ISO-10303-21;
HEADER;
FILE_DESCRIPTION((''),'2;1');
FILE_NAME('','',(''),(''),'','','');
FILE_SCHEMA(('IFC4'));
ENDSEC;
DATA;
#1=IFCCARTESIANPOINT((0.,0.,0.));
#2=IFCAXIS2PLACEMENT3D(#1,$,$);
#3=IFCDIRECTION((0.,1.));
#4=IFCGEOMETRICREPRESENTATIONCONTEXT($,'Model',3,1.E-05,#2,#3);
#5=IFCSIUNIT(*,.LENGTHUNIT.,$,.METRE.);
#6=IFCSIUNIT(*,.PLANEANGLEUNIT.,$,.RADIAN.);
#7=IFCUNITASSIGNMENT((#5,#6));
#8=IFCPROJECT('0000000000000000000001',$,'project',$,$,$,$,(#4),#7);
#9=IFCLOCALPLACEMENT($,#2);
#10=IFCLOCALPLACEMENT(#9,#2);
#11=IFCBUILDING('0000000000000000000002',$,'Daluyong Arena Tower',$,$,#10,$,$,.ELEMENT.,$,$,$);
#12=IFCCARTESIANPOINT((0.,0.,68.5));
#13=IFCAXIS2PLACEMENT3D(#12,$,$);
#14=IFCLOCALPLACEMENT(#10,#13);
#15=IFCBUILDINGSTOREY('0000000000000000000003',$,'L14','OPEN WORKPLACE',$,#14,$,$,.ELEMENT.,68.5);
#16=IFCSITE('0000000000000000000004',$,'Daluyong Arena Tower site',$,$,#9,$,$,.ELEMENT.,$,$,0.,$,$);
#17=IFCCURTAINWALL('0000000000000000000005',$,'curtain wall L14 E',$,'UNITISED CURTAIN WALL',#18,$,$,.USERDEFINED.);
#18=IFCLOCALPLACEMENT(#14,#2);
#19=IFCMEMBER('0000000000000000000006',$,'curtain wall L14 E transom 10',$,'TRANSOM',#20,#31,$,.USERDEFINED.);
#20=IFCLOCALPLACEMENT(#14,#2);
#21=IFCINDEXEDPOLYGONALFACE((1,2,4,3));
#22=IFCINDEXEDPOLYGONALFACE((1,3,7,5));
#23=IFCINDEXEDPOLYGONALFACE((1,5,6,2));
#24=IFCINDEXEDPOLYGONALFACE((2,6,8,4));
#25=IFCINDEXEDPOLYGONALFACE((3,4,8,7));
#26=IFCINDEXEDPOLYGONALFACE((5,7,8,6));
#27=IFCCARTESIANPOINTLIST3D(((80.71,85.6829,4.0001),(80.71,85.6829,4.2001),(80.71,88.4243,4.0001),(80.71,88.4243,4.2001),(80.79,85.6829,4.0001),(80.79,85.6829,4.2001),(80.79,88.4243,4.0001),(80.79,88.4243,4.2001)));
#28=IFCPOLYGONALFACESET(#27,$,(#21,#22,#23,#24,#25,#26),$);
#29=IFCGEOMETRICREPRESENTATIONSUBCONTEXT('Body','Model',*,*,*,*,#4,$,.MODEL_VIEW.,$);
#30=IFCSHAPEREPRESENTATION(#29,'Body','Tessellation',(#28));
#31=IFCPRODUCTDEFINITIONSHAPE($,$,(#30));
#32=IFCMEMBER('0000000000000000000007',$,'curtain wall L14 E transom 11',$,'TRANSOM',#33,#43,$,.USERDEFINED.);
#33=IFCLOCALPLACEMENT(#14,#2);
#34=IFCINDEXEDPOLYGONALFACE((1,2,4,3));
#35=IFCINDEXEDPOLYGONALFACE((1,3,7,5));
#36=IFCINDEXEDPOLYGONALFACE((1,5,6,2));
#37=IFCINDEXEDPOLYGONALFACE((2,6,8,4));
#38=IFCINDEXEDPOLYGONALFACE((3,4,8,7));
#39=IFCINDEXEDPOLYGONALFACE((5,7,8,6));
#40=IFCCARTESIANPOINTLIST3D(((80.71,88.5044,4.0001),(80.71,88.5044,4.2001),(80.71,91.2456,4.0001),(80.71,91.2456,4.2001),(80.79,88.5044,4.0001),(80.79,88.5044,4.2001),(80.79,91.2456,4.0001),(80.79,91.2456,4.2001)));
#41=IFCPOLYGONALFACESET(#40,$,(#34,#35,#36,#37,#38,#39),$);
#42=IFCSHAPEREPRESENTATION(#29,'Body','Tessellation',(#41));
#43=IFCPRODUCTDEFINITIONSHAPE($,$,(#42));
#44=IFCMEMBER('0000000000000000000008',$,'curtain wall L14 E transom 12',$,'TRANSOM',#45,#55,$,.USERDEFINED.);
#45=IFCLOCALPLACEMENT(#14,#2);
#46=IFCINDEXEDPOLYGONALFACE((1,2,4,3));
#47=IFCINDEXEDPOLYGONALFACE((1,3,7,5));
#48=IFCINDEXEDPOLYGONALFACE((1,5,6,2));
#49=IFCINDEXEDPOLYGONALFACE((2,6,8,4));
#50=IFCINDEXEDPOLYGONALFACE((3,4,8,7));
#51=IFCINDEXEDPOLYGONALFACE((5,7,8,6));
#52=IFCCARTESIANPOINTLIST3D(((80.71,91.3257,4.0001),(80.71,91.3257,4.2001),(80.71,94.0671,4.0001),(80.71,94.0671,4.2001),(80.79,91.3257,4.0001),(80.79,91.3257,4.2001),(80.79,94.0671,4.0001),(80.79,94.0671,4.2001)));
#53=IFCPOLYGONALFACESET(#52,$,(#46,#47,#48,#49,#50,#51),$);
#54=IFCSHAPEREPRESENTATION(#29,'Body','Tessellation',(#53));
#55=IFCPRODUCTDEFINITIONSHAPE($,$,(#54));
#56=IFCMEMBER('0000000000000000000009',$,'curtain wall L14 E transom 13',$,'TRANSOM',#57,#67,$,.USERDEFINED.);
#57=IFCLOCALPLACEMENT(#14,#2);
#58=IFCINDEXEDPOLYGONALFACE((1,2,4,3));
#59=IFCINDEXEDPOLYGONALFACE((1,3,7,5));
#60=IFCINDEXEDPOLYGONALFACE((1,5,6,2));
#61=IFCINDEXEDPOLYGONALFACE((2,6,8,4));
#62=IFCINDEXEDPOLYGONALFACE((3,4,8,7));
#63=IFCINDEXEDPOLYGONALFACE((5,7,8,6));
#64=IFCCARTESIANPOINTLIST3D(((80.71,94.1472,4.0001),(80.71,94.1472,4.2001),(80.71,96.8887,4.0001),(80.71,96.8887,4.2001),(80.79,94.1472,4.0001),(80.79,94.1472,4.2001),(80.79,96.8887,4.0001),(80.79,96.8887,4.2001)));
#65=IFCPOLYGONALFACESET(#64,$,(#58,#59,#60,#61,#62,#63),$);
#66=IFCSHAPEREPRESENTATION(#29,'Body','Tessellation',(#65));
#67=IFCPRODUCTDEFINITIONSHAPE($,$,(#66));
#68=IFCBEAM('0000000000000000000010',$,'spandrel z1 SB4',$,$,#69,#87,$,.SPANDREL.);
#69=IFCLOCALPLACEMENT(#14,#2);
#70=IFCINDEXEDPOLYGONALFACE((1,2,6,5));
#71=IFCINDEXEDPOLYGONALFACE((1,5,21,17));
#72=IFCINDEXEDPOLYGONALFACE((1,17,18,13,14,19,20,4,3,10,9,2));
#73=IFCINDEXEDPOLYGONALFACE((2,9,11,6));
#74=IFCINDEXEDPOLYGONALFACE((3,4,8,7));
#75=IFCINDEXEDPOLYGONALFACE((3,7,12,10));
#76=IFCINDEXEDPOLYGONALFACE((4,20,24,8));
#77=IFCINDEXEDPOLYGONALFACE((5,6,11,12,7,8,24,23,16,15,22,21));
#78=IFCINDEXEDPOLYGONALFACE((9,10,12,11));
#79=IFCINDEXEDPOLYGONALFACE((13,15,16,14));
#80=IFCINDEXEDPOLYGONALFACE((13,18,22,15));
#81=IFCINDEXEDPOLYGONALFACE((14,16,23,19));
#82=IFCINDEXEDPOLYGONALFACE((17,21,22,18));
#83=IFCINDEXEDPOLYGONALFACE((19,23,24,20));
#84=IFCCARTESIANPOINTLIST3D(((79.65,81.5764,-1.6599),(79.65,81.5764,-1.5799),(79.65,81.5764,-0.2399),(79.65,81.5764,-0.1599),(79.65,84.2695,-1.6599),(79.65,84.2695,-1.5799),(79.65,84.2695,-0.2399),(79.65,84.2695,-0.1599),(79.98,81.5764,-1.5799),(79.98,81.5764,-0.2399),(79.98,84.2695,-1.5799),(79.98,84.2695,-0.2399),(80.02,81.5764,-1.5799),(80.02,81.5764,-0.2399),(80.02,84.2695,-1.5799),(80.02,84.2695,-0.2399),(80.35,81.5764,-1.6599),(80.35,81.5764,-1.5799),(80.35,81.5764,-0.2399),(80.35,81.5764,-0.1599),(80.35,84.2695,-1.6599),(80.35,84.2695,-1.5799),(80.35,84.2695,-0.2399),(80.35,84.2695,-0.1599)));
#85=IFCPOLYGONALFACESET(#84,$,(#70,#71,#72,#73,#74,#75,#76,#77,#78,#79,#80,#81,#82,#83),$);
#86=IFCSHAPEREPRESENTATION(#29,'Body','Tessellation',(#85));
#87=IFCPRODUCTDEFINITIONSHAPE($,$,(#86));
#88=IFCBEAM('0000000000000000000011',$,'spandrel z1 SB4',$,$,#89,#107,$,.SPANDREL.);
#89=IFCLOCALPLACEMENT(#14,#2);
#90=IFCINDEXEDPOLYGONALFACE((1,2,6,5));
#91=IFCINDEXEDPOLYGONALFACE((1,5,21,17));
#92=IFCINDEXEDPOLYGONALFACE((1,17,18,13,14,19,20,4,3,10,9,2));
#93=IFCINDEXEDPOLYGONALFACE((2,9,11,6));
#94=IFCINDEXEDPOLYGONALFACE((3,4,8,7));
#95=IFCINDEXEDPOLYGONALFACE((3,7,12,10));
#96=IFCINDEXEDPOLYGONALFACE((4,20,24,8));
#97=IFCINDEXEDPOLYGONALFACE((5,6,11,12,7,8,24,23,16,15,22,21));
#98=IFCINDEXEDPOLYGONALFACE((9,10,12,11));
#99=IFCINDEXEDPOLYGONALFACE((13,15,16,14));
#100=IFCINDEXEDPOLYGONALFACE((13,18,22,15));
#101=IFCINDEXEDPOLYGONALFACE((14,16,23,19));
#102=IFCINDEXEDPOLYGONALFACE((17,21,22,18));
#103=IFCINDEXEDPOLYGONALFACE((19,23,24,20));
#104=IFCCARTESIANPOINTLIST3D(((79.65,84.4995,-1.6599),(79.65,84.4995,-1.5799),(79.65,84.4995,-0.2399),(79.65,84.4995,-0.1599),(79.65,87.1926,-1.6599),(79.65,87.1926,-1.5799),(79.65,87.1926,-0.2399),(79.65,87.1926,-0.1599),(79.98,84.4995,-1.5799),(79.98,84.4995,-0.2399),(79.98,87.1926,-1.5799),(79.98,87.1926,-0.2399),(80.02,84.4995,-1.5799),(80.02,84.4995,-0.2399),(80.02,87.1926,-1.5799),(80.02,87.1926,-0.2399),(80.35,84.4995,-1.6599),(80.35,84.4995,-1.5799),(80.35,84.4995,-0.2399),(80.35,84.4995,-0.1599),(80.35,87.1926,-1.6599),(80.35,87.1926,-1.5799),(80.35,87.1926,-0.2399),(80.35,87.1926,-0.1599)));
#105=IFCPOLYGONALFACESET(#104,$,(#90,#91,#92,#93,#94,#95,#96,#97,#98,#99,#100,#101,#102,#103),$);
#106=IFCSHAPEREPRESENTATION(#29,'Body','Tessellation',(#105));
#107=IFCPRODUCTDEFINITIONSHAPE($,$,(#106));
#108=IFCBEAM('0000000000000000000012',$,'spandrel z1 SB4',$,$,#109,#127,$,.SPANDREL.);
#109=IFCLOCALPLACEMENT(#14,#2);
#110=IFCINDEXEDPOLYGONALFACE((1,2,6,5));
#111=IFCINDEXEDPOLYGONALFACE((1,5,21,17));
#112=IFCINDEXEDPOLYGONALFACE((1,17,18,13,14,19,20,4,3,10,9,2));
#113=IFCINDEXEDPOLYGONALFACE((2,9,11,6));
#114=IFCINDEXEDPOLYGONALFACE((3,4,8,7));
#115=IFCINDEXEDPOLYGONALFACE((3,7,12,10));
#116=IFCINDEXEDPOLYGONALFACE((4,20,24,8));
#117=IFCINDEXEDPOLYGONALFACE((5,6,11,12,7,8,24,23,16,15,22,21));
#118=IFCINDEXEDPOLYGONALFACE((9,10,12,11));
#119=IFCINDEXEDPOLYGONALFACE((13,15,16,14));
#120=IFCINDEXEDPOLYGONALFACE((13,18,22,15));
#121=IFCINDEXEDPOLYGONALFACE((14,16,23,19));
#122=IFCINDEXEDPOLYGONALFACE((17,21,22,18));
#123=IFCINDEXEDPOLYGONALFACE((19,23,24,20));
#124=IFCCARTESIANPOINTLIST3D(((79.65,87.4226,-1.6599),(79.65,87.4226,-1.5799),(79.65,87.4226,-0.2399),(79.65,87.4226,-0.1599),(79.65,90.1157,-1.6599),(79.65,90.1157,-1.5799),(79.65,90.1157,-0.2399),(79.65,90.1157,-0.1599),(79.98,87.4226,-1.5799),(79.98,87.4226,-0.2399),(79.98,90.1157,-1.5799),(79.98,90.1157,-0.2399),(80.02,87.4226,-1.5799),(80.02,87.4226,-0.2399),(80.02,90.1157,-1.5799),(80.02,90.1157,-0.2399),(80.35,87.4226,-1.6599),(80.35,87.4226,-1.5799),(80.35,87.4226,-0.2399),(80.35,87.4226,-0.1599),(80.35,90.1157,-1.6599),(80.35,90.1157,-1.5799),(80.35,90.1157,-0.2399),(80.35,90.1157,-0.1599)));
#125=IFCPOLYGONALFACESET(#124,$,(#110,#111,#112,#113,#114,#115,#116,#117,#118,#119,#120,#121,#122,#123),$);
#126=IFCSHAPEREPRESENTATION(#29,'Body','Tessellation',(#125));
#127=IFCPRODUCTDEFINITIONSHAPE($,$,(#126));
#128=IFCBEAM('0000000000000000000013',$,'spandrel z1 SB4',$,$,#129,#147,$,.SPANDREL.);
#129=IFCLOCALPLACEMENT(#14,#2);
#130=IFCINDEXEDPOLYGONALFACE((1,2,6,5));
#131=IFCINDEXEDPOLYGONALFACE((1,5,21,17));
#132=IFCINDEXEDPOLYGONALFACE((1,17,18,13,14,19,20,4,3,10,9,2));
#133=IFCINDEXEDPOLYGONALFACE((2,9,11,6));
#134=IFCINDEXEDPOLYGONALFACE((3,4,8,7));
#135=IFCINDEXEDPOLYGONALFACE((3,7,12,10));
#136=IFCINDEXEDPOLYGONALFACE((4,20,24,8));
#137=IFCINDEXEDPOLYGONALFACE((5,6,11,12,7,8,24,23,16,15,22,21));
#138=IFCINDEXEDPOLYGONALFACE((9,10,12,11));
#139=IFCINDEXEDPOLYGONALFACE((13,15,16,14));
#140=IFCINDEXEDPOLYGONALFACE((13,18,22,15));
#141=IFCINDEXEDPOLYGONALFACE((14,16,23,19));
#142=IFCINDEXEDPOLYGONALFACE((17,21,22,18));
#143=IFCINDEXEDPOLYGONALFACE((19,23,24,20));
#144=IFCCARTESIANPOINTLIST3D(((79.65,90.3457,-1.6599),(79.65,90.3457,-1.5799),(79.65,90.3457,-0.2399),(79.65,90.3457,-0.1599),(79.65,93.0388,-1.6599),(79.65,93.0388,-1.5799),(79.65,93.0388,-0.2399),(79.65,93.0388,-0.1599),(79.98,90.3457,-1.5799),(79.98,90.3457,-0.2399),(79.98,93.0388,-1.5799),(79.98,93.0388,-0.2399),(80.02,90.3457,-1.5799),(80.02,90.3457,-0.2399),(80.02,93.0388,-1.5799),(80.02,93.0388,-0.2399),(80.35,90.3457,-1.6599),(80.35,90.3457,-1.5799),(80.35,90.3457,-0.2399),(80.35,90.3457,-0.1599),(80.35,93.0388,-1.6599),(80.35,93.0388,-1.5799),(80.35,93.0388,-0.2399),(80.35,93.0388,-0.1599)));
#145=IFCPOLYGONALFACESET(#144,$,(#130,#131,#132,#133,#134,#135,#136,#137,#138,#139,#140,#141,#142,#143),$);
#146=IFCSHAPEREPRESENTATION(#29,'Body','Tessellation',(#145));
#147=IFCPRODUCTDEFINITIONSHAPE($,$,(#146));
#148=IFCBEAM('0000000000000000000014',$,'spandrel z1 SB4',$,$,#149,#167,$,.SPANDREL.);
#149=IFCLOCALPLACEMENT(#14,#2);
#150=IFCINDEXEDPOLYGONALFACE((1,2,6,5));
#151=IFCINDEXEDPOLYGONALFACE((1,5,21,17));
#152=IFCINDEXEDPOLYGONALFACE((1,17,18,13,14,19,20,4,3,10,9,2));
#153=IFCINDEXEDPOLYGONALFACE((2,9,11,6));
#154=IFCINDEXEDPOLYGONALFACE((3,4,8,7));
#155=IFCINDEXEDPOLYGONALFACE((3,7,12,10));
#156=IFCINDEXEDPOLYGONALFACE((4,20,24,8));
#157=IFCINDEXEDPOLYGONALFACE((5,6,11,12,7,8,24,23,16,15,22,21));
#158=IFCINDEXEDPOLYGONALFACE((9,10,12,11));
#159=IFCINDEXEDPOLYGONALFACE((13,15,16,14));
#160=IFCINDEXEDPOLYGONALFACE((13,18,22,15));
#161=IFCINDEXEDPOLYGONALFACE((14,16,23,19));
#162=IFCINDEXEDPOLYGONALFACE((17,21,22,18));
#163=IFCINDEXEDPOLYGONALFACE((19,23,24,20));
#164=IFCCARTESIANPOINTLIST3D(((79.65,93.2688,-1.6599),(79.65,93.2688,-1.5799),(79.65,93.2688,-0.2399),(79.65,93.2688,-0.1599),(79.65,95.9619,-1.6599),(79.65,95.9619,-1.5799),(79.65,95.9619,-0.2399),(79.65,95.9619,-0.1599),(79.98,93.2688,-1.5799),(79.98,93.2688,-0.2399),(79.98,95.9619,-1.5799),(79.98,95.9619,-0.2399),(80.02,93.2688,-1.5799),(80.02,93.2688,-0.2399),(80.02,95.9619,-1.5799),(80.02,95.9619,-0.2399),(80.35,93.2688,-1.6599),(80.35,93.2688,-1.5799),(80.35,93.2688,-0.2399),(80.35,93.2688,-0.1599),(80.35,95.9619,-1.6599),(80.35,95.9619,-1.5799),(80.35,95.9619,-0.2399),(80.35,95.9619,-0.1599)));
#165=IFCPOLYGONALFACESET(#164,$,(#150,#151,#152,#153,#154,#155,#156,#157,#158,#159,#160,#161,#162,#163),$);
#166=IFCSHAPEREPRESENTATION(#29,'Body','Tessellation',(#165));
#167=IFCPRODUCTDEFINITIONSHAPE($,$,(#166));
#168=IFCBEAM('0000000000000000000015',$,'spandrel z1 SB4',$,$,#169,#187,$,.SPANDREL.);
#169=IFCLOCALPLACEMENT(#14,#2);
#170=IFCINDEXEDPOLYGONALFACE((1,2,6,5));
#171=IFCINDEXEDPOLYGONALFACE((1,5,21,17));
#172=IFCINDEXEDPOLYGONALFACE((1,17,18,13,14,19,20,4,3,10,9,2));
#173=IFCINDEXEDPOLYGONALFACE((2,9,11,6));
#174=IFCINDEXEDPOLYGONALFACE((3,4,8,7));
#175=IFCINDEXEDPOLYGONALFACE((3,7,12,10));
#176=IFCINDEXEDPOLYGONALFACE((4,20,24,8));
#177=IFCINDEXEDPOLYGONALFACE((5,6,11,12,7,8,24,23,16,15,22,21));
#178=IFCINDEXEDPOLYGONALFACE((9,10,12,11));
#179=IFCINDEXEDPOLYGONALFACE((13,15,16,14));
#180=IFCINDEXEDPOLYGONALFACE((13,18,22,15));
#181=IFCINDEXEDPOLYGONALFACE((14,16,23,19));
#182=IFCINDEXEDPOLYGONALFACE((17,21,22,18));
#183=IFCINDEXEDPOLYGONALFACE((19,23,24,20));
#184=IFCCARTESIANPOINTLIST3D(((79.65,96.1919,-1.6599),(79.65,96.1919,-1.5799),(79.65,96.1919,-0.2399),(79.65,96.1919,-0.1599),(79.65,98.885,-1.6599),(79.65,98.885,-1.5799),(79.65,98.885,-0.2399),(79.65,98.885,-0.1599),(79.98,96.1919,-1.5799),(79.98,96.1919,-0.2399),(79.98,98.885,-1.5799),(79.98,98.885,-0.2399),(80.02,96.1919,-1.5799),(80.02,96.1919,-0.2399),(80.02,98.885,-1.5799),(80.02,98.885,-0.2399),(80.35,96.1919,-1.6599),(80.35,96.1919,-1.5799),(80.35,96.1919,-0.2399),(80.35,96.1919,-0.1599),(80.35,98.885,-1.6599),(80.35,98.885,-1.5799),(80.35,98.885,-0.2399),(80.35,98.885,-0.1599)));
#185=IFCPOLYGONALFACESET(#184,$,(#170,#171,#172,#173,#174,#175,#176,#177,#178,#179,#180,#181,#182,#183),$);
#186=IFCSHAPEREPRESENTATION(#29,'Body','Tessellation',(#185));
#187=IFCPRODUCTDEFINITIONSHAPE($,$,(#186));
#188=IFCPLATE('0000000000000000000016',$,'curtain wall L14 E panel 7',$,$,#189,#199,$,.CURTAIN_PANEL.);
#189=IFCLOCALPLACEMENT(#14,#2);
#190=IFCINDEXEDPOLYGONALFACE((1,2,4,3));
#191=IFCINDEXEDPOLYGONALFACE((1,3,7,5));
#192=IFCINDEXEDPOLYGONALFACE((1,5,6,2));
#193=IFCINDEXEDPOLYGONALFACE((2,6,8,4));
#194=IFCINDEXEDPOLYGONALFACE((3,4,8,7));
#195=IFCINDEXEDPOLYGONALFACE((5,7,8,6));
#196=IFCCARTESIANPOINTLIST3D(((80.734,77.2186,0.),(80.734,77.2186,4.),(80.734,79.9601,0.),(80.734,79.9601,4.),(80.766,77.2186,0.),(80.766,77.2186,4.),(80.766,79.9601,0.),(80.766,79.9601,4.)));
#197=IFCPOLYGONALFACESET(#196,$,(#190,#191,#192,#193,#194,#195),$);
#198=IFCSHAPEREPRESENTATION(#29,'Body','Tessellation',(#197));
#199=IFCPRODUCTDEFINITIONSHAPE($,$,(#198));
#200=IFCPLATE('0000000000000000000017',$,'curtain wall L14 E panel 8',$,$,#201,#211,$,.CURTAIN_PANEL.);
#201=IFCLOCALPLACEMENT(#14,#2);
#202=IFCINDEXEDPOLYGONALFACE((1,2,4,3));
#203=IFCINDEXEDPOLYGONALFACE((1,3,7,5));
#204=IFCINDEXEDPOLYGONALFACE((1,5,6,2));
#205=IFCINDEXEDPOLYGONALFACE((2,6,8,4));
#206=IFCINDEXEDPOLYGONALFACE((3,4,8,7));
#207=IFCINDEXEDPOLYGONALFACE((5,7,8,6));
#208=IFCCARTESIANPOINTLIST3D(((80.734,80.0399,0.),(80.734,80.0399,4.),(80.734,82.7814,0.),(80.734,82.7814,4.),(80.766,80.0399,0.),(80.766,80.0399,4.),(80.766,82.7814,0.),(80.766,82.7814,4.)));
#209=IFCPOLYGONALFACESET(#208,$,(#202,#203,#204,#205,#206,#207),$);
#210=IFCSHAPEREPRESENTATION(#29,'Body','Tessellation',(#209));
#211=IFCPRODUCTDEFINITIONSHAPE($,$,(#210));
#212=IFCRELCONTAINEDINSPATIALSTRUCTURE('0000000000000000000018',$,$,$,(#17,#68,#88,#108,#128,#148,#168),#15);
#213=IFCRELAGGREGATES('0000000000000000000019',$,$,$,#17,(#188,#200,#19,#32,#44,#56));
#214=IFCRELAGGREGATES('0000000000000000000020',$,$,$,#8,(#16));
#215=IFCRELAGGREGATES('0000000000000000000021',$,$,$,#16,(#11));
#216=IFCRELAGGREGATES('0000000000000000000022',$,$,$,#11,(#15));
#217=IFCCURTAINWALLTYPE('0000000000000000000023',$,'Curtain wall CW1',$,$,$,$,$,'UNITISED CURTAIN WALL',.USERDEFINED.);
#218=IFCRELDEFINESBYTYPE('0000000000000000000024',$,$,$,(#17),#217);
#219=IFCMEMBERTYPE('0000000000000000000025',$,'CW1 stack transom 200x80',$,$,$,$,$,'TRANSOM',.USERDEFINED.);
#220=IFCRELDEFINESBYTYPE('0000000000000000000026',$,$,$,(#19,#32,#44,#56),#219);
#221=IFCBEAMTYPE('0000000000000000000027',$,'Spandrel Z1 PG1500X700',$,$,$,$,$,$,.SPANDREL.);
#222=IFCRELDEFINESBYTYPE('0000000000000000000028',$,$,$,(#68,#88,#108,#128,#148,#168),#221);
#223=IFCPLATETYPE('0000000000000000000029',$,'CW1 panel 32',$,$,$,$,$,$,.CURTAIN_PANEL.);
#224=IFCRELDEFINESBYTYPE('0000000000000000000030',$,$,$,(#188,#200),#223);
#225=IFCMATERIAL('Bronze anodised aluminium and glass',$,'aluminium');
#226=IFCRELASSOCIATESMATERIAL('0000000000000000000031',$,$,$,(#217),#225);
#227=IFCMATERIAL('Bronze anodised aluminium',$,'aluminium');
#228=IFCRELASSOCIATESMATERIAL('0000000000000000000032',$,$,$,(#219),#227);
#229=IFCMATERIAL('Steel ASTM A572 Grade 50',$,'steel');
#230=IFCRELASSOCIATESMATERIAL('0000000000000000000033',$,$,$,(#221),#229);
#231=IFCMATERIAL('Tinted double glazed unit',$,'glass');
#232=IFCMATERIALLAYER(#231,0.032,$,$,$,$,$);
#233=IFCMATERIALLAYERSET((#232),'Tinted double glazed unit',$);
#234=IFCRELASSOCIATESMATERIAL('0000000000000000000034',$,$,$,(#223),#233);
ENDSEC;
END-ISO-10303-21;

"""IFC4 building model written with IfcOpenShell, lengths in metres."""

from ifc_helpers import new_model, si_unit, direction, frame, origin, origin_2d, place, context, subcontext, project, spatial, rectangle, i_section, extrude, material, layer, layer_set, material_profile, profile_set, type_object, element, aggregate, save


model = new_model("IFC4")

# Units and contexts
model_context = context("Model", 3, precision=1e-05, world=origin(), true_north=direction((0.0, 1.0)))
body_context = subcontext(model_context, "Body", "Model", "MODEL_VIEW")
ifc_project = project(units=[si_unit("LENGTHUNIT", "METRE"), si_unit("PLANEANGLEUNIT", "RADIAN")], contexts=[model_context])

# Site, building, storey
site_placement = place(None, origin())
site = spatial("IfcSite", under=ifc_project, at=site_placement, Name="Daluyong Arena Tower site", CompositionType="ELEMENT", RefElevation=0.0)
building_placement = place(site_placement, origin())
building = spatial("IfcBuilding", under=site, at=building_placement, Name="Daluyong Arena Tower", CompositionType="ELEMENT")
storey_placement = place(building_placement, frame((0.0, 0.0, 68.5)))
storey = spatial("IfcBuildingStorey", under=building, at=storey_placement, Name="L14", Description="OPEN WORKPLACE", CompositionType="ELEMENT", Elevation=68.5)

# Curtain wall, members
ifc_material_1 = material(Name="Bronze anodised aluminium and glass", Category="aluminium")
curtain_wall_type = type_object("IfcCurtainWallType", Name="Curtain wall CW1", ElementType="UNITISED CURTAIN WALL", PredefinedType="USERDEFINED", material=ifc_material_1)
curtain_wall_placement = place(storey_placement, origin())
curtain_wall = element("IfcCurtainWall", 1, at=curtain_wall_placement, inside=storey, type_object=curtain_wall_type, Name="curtain wall L14 E", ObjectType="UNITISED CURTAIN WALL", PredefinedType="USERDEFINED")
ifc_material_2 = material(Name="Bronze anodised aluminium", Category="aluminium")
ifc_material_profile_1 = material_profile(ifc_material_2, rectangle(XDim=0.0801, YDim=0.2, at=origin_2d()))
ifc_profile_set_1 = profile_set([ifc_material_profile_1], Name="Bronze anodised aluminium")
member_type_1 = type_object("IfcMemberType", Name="CW1 stack transom 200x80", ElementType="TRANSOM", PredefinedType="USERDEFINED", material=ifc_profile_set_1)
member_1_placement = place(storey_placement, frame((80.75, 85.6829, 4.1001), z_axis=(0.0, 1.0, 0.0), x_axis=(-1.0, 0.0, 0.0)))
member_1 = element("IfcMember", 2, at=member_1_placement, type_object=member_type_1, Name="curtain wall L14 E transom 10", ObjectType="TRANSOM", PredefinedType="USERDEFINED", context=body_context, shape_type="SweptSolid", body=[
    extrude(rectangle(XDim=0.0801, YDim=0.2, at=origin_2d()), origin(), (0.0, 0.0, 1.0), 2.7415),
])
member_2_placement = place(storey_placement, frame((80.75, 88.5044, 4.1001), z_axis=(0.0, 1.0, 0.0), x_axis=(-1.0, 0.0, 0.0)))
member_2 = element("IfcMember", 3, at=member_2_placement, type_object=member_type_1, Name="curtain wall L14 E transom 11", ObjectType="TRANSOM", PredefinedType="USERDEFINED", context=body_context, shape_type="SweptSolid", body=[
    extrude(rectangle(XDim=0.0801, YDim=0.2, at=origin_2d()), origin(), (0.0, 0.0, 1.0), 2.7412),
])
member_3_placement = place(storey_placement, frame((80.75, 91.3257, 4.1001), z_axis=(0.0, 1.0, 0.0), x_axis=(-1.0, 0.0, 0.0)))
member_3 = element("IfcMember", 4, at=member_3_placement, type_object=member_type_1, Name="curtain wall L14 E transom 12", ObjectType="TRANSOM", PredefinedType="USERDEFINED", context=body_context, shape_type="SweptSolid", body=[
    extrude(rectangle(XDim=0.0801, YDim=0.2, at=origin_2d()), origin(), (0.0, 0.0, 1.0), 2.7415),
])
member_4_placement = place(storey_placement, frame((80.75, 94.1472, 4.1001), z_axis=(0.0, 1.0, 0.0), x_axis=(-1.0, 0.0, 0.0)))
member_4 = element("IfcMember", 5, at=member_4_placement, type_object=member_type_1, Name="curtain wall L14 E transom 13", ObjectType="TRANSOM", PredefinedType="USERDEFINED", context=body_context, shape_type="SweptSolid", body=[
    extrude(rectangle(XDim=0.0801, YDim=0.2, at=origin_2d()), origin(), (0.0, 0.0, 1.0), 2.7415),
])

# Beams
ifc_material_3 = material(Name="Steel ASTM A572 Grade 50", Category="steel")
ifc_material_profile_2 = material_profile(ifc_material_3, i_section(OverallWidth=0.7, OverallDepth=1.5, WebThickness=0.04, FlangeThickness=0.08, at=origin_2d()))
ifc_profile_set_2 = profile_set([ifc_material_profile_2], Name="Steel ASTM A572 Grade 50")
beam_type = type_object("IfcBeamType", Name="Spandrel Z1 PG1500X700", PredefinedType="SPANDREL", material=ifc_profile_set_2)
for number, where, z_axis, x_axis, name in (
    (6, (80.0, 81.5764, -0.9099), (0.0, 1.0, 0.0), (-1.0, 0.0, 0.0), "spandrel z1 SB4"),
    (7, (80.0, 84.4995, -0.9099), (0.0, 1.0, 0.0), (-1.0, 0.0, 0.0), "spandrel z1 SB4"),
    (8, (80.0, 87.4226, -0.9099), (0.0, 1.0, 0.0), (-1.0, 0.0, 0.0), "spandrel z1 SB4"),
    (9, (80.0, 90.3457, -0.9099), (0.0, 1.0, 0.0), (-1.0, 0.0, 0.0), "spandrel z1 SB4"),
    (10, (80.0, 93.2688, -0.9099), (0.0, 1.0, 0.0), (-1.0, 0.0, 0.0), "spandrel z1 SB4"),
    (11, (80.0, 96.1919, -0.9099), (0.0, 1.0, 0.0), (-1.0, 0.0, 0.0), "spandrel z1 SB4"),
):
    element("IfcBeam", number, at=place(storey_placement, frame(where, z_axis=z_axis, x_axis=x_axis)), inside=storey, type_object=beam_type, Name=name, PredefinedType="SPANDREL", context=body_context, shape_type="SweptSolid", body=[
        extrude(i_section(OverallWidth=0.7, OverallDepth=1.5, WebThickness=0.04, FlangeThickness=0.08, at=origin_2d()), origin(), (0.0, 0.0, 1.0), 2.6931),
    ])

# Plates
ifc_material_4 = material(Name="Tinted double glazed unit", Category="glass")
ifc_layer = layer(ifc_material_4, 0.032)
ifc_layer_set = layer_set([ifc_layer], Name="Tinted double glazed unit")
plate_type = type_object("IfcPlateType", Name="CW1 panel 32", PredefinedType="CURTAIN_PANEL", material=ifc_layer_set)
plate_1_placement = place(storey_placement, frame((80.75, 78.5894, 0.0), z_axis=(0.0, 0.0, 1.0), x_axis=(0.0, 1.0, 0.0)))
plate_1 = element("IfcPlate", 12, at=plate_1_placement, type_object=plate_type, Name="curtain wall L14 E panel 7", PredefinedType="CURTAIN_PANEL", context=body_context, shape_type="SweptSolid", body=[
    extrude(rectangle(XDim=2.7415, YDim=0.032, at=origin_2d()), origin(), (0.0, 0.0, 1.0), 4.0),
])
plate_2_placement = place(storey_placement, frame((80.75, 81.4106, 0.0), z_axis=(0.0, 0.0, 1.0), x_axis=(0.0, 1.0, 0.0)))
plate_2 = element("IfcPlate", 13, at=plate_2_placement, type_object=plate_type, Name="curtain wall L14 E panel 8", PredefinedType="CURTAIN_PANEL", context=body_context, shape_type="SweptSolid", body=[
    extrude(rectangle(XDim=2.7415, YDim=0.032, at=origin_2d()), origin(), (0.0, 0.0, 1.0), 4.0),
])
aggregate(curtain_wall, [plate_1, plate_2, member_1, member_2, member_3, member_4])

save(model, "model.ifc")
